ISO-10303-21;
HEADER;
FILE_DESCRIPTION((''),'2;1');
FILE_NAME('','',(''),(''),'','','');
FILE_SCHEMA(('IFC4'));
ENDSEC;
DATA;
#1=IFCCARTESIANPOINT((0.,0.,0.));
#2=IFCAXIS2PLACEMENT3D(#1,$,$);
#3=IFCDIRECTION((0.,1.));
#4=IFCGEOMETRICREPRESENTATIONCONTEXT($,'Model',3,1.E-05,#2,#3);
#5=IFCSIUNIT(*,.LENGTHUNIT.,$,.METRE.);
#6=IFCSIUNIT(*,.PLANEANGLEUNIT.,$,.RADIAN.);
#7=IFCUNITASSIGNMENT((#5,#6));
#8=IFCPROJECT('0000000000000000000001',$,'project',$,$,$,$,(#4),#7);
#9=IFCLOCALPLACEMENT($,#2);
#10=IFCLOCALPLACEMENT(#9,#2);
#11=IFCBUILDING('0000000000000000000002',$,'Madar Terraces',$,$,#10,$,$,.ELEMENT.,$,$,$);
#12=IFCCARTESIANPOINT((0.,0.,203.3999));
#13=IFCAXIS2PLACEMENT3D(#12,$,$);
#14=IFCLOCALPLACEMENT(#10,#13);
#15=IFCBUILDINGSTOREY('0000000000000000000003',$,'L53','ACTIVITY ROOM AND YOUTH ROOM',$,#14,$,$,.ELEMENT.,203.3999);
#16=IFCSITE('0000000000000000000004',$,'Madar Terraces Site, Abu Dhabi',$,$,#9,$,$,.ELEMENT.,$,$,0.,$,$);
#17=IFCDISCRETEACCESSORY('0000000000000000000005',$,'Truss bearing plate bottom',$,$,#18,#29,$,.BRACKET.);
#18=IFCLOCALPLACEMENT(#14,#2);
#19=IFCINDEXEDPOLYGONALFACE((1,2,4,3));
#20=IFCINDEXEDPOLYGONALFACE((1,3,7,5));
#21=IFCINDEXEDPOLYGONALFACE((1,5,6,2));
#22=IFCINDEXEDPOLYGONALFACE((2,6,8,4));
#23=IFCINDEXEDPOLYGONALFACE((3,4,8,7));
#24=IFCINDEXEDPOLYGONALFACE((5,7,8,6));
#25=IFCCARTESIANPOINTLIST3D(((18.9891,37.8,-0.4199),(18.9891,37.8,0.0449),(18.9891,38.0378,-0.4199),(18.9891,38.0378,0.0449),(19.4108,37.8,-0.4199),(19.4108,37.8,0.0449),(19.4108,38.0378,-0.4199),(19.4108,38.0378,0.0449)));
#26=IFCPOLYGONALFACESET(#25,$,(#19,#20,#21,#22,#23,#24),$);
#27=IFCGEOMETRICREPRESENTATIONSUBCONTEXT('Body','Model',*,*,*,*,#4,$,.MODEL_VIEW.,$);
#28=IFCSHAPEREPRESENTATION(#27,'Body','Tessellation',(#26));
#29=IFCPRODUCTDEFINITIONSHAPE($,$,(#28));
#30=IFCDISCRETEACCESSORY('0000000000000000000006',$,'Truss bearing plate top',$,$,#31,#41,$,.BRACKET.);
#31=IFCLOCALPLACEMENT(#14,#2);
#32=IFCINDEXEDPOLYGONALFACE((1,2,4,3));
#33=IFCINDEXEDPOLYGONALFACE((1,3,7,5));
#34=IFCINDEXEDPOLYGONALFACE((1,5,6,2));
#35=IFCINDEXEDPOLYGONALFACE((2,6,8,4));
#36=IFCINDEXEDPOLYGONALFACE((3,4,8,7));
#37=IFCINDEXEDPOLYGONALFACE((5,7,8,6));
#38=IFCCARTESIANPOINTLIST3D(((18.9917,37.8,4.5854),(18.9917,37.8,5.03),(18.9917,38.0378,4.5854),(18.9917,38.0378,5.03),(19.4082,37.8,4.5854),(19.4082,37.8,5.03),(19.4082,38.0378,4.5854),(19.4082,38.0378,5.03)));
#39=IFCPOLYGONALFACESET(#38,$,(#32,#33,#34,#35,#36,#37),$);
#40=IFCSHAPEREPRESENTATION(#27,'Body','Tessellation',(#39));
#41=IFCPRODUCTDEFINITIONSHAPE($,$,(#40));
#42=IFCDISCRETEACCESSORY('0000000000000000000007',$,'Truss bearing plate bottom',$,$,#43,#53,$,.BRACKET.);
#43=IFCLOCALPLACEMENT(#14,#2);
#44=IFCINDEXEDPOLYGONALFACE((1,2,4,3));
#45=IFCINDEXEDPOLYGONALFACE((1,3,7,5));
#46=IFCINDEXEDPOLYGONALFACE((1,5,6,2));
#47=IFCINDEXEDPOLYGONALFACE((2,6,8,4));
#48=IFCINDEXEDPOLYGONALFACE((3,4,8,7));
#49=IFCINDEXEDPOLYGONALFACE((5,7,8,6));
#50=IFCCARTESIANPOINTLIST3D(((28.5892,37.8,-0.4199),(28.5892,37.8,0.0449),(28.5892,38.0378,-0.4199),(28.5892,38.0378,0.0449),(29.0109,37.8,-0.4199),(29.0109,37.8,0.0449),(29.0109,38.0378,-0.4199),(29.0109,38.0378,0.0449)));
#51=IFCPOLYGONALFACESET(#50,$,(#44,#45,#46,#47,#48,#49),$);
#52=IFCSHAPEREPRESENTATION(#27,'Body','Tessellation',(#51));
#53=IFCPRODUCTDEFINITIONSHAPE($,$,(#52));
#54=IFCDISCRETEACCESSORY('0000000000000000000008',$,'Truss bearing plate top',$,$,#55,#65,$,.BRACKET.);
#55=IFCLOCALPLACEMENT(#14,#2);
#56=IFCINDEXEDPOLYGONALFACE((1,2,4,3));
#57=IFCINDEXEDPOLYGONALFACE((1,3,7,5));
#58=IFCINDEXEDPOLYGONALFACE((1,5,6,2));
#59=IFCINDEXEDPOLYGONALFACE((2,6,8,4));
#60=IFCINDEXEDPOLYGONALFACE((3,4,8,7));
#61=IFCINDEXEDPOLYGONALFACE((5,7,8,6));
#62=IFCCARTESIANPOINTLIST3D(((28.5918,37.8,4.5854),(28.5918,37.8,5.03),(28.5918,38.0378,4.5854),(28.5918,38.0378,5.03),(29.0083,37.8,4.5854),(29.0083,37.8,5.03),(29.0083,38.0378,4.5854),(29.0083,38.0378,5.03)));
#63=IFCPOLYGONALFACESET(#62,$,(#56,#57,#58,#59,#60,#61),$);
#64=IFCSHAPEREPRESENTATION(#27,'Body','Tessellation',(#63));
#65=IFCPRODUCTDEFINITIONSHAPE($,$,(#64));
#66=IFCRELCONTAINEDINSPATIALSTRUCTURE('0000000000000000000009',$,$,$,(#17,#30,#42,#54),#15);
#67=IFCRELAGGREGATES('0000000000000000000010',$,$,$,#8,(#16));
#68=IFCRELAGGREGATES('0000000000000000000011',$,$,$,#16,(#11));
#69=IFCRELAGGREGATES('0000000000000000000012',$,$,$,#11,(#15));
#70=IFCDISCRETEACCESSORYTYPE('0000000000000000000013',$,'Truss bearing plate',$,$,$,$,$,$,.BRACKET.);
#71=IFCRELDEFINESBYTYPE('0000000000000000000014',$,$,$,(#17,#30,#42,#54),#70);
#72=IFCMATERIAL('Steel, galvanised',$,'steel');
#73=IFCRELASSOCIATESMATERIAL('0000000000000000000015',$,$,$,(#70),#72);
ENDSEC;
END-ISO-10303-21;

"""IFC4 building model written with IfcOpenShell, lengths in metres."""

from ifc_helpers import new_model, si_unit, direction, frame, origin, origin_2d, place, context, subcontext, project, spatial, rectangle, extrude, material, type_object, element, save


model = new_model("IFC4")

# Units and contexts
model_context = context("Model", 3, precision=1e-05, world=origin(), true_north=direction((0.0, 1.0)))
body_context = subcontext(model_context, "Body", "Model", "MODEL_VIEW")
ifc_project = project(units=[si_unit("LENGTHUNIT", "METRE"), si_unit("PLANEANGLEUNIT", "RADIAN")], contexts=[model_context])

# Site, building, storey
site_placement = place(None, origin())
site = spatial("IfcSite", under=ifc_project, at=site_placement, Name="Madar Terraces Site, Abu Dhabi", CompositionType="ELEMENT", RefElevation=0.0)
building_placement = place(site_placement, origin())
building = spatial("IfcBuilding", under=site, at=building_placement, Name="Madar Terraces", CompositionType="ELEMENT")
storey_placement = place(building_placement, frame((0.0, 0.0, 203.3999)))
storey = spatial("IfcBuildingStorey", under=building, at=storey_placement, Name="L53", Description="ACTIVITY ROOM AND YOUTH ROOM", CompositionType="ELEMENT", Elevation=203.3999)

# Discrete accessories
ifc_material_1 = material(Name="Steel, galvanised", Category="steel")
discrete_accessory_type = type_object("IfcDiscreteAccessoryType", Name="Truss bearing plate", PredefinedType="BRACKET", material=ifc_material_1)
discrete_accessory_1_placement = place(storey_placement, frame((19.2, 37.9189, -0.4199), z_axis=(0.0, 0.0, 1.0), x_axis=(1.0, 0.0, 0.0)))
element("IfcDiscreteAccessory", 1, at=discrete_accessory_1_placement, inside=storey, type_object=discrete_accessory_type, Name="Truss bearing plate bottom", PredefinedType="BRACKET", context=body_context, shape_type="SweptSolid", body=[
    extrude(rectangle(XDim=0.4216, YDim=0.2378, at=origin_2d()), origin(), (0.0, 0.0, 1.0), 0.4648),
])
discrete_accessory_2_placement = place(storey_placement, frame((19.2, 37.9189, 4.5854), z_axis=(0.0, 0.0, 1.0), x_axis=(1.0, 0.0, 0.0)))
element("IfcDiscreteAccessory", 2, at=discrete_accessory_2_placement, inside=storey, type_object=discrete_accessory_type, Name="Truss bearing plate top", PredefinedType="BRACKET", context=body_context, shape_type="SweptSolid", body=[
    extrude(rectangle(XDim=0.4165, YDim=0.2378, at=origin_2d()), origin(), (0.0, 0.0, 1.0), 0.4446),
])
discrete_accessory_3_placement = place(storey_placement, frame((28.8, 37.9189, -0.4199), z_axis=(0.0, 0.0, 1.0), x_axis=(1.0, 0.0, 0.0)))
element("IfcDiscreteAccessory", 3, at=discrete_accessory_3_placement, inside=storey, type_object=discrete_accessory_type, Name="Truss bearing plate bottom", PredefinedType="BRACKET", context=body_context, shape_type="SweptSolid", body=[
    extrude(rectangle(XDim=0.4216, YDim=0.2378, at=origin_2d()), origin(), (0.0, 0.0, 1.0), 0.4648),
])
discrete_accessory_4_placement = place(storey_placement, frame((28.8, 37.9189, 4.5854), z_axis=(0.0, 0.0, 1.0), x_axis=(1.0, 0.0, 0.0)))
element("IfcDiscreteAccessory", 4, at=discrete_accessory_4_placement, inside=storey, type_object=discrete_accessory_type, Name="Truss bearing plate top", PredefinedType="BRACKET", context=body_context, shape_type="SweptSolid", body=[
    extrude(rectangle(XDim=0.4165, YDim=0.2378, at=origin_2d()), origin(), (0.0, 0.0, 1.0), 0.4446),
])

save(model, "model.ifc")
